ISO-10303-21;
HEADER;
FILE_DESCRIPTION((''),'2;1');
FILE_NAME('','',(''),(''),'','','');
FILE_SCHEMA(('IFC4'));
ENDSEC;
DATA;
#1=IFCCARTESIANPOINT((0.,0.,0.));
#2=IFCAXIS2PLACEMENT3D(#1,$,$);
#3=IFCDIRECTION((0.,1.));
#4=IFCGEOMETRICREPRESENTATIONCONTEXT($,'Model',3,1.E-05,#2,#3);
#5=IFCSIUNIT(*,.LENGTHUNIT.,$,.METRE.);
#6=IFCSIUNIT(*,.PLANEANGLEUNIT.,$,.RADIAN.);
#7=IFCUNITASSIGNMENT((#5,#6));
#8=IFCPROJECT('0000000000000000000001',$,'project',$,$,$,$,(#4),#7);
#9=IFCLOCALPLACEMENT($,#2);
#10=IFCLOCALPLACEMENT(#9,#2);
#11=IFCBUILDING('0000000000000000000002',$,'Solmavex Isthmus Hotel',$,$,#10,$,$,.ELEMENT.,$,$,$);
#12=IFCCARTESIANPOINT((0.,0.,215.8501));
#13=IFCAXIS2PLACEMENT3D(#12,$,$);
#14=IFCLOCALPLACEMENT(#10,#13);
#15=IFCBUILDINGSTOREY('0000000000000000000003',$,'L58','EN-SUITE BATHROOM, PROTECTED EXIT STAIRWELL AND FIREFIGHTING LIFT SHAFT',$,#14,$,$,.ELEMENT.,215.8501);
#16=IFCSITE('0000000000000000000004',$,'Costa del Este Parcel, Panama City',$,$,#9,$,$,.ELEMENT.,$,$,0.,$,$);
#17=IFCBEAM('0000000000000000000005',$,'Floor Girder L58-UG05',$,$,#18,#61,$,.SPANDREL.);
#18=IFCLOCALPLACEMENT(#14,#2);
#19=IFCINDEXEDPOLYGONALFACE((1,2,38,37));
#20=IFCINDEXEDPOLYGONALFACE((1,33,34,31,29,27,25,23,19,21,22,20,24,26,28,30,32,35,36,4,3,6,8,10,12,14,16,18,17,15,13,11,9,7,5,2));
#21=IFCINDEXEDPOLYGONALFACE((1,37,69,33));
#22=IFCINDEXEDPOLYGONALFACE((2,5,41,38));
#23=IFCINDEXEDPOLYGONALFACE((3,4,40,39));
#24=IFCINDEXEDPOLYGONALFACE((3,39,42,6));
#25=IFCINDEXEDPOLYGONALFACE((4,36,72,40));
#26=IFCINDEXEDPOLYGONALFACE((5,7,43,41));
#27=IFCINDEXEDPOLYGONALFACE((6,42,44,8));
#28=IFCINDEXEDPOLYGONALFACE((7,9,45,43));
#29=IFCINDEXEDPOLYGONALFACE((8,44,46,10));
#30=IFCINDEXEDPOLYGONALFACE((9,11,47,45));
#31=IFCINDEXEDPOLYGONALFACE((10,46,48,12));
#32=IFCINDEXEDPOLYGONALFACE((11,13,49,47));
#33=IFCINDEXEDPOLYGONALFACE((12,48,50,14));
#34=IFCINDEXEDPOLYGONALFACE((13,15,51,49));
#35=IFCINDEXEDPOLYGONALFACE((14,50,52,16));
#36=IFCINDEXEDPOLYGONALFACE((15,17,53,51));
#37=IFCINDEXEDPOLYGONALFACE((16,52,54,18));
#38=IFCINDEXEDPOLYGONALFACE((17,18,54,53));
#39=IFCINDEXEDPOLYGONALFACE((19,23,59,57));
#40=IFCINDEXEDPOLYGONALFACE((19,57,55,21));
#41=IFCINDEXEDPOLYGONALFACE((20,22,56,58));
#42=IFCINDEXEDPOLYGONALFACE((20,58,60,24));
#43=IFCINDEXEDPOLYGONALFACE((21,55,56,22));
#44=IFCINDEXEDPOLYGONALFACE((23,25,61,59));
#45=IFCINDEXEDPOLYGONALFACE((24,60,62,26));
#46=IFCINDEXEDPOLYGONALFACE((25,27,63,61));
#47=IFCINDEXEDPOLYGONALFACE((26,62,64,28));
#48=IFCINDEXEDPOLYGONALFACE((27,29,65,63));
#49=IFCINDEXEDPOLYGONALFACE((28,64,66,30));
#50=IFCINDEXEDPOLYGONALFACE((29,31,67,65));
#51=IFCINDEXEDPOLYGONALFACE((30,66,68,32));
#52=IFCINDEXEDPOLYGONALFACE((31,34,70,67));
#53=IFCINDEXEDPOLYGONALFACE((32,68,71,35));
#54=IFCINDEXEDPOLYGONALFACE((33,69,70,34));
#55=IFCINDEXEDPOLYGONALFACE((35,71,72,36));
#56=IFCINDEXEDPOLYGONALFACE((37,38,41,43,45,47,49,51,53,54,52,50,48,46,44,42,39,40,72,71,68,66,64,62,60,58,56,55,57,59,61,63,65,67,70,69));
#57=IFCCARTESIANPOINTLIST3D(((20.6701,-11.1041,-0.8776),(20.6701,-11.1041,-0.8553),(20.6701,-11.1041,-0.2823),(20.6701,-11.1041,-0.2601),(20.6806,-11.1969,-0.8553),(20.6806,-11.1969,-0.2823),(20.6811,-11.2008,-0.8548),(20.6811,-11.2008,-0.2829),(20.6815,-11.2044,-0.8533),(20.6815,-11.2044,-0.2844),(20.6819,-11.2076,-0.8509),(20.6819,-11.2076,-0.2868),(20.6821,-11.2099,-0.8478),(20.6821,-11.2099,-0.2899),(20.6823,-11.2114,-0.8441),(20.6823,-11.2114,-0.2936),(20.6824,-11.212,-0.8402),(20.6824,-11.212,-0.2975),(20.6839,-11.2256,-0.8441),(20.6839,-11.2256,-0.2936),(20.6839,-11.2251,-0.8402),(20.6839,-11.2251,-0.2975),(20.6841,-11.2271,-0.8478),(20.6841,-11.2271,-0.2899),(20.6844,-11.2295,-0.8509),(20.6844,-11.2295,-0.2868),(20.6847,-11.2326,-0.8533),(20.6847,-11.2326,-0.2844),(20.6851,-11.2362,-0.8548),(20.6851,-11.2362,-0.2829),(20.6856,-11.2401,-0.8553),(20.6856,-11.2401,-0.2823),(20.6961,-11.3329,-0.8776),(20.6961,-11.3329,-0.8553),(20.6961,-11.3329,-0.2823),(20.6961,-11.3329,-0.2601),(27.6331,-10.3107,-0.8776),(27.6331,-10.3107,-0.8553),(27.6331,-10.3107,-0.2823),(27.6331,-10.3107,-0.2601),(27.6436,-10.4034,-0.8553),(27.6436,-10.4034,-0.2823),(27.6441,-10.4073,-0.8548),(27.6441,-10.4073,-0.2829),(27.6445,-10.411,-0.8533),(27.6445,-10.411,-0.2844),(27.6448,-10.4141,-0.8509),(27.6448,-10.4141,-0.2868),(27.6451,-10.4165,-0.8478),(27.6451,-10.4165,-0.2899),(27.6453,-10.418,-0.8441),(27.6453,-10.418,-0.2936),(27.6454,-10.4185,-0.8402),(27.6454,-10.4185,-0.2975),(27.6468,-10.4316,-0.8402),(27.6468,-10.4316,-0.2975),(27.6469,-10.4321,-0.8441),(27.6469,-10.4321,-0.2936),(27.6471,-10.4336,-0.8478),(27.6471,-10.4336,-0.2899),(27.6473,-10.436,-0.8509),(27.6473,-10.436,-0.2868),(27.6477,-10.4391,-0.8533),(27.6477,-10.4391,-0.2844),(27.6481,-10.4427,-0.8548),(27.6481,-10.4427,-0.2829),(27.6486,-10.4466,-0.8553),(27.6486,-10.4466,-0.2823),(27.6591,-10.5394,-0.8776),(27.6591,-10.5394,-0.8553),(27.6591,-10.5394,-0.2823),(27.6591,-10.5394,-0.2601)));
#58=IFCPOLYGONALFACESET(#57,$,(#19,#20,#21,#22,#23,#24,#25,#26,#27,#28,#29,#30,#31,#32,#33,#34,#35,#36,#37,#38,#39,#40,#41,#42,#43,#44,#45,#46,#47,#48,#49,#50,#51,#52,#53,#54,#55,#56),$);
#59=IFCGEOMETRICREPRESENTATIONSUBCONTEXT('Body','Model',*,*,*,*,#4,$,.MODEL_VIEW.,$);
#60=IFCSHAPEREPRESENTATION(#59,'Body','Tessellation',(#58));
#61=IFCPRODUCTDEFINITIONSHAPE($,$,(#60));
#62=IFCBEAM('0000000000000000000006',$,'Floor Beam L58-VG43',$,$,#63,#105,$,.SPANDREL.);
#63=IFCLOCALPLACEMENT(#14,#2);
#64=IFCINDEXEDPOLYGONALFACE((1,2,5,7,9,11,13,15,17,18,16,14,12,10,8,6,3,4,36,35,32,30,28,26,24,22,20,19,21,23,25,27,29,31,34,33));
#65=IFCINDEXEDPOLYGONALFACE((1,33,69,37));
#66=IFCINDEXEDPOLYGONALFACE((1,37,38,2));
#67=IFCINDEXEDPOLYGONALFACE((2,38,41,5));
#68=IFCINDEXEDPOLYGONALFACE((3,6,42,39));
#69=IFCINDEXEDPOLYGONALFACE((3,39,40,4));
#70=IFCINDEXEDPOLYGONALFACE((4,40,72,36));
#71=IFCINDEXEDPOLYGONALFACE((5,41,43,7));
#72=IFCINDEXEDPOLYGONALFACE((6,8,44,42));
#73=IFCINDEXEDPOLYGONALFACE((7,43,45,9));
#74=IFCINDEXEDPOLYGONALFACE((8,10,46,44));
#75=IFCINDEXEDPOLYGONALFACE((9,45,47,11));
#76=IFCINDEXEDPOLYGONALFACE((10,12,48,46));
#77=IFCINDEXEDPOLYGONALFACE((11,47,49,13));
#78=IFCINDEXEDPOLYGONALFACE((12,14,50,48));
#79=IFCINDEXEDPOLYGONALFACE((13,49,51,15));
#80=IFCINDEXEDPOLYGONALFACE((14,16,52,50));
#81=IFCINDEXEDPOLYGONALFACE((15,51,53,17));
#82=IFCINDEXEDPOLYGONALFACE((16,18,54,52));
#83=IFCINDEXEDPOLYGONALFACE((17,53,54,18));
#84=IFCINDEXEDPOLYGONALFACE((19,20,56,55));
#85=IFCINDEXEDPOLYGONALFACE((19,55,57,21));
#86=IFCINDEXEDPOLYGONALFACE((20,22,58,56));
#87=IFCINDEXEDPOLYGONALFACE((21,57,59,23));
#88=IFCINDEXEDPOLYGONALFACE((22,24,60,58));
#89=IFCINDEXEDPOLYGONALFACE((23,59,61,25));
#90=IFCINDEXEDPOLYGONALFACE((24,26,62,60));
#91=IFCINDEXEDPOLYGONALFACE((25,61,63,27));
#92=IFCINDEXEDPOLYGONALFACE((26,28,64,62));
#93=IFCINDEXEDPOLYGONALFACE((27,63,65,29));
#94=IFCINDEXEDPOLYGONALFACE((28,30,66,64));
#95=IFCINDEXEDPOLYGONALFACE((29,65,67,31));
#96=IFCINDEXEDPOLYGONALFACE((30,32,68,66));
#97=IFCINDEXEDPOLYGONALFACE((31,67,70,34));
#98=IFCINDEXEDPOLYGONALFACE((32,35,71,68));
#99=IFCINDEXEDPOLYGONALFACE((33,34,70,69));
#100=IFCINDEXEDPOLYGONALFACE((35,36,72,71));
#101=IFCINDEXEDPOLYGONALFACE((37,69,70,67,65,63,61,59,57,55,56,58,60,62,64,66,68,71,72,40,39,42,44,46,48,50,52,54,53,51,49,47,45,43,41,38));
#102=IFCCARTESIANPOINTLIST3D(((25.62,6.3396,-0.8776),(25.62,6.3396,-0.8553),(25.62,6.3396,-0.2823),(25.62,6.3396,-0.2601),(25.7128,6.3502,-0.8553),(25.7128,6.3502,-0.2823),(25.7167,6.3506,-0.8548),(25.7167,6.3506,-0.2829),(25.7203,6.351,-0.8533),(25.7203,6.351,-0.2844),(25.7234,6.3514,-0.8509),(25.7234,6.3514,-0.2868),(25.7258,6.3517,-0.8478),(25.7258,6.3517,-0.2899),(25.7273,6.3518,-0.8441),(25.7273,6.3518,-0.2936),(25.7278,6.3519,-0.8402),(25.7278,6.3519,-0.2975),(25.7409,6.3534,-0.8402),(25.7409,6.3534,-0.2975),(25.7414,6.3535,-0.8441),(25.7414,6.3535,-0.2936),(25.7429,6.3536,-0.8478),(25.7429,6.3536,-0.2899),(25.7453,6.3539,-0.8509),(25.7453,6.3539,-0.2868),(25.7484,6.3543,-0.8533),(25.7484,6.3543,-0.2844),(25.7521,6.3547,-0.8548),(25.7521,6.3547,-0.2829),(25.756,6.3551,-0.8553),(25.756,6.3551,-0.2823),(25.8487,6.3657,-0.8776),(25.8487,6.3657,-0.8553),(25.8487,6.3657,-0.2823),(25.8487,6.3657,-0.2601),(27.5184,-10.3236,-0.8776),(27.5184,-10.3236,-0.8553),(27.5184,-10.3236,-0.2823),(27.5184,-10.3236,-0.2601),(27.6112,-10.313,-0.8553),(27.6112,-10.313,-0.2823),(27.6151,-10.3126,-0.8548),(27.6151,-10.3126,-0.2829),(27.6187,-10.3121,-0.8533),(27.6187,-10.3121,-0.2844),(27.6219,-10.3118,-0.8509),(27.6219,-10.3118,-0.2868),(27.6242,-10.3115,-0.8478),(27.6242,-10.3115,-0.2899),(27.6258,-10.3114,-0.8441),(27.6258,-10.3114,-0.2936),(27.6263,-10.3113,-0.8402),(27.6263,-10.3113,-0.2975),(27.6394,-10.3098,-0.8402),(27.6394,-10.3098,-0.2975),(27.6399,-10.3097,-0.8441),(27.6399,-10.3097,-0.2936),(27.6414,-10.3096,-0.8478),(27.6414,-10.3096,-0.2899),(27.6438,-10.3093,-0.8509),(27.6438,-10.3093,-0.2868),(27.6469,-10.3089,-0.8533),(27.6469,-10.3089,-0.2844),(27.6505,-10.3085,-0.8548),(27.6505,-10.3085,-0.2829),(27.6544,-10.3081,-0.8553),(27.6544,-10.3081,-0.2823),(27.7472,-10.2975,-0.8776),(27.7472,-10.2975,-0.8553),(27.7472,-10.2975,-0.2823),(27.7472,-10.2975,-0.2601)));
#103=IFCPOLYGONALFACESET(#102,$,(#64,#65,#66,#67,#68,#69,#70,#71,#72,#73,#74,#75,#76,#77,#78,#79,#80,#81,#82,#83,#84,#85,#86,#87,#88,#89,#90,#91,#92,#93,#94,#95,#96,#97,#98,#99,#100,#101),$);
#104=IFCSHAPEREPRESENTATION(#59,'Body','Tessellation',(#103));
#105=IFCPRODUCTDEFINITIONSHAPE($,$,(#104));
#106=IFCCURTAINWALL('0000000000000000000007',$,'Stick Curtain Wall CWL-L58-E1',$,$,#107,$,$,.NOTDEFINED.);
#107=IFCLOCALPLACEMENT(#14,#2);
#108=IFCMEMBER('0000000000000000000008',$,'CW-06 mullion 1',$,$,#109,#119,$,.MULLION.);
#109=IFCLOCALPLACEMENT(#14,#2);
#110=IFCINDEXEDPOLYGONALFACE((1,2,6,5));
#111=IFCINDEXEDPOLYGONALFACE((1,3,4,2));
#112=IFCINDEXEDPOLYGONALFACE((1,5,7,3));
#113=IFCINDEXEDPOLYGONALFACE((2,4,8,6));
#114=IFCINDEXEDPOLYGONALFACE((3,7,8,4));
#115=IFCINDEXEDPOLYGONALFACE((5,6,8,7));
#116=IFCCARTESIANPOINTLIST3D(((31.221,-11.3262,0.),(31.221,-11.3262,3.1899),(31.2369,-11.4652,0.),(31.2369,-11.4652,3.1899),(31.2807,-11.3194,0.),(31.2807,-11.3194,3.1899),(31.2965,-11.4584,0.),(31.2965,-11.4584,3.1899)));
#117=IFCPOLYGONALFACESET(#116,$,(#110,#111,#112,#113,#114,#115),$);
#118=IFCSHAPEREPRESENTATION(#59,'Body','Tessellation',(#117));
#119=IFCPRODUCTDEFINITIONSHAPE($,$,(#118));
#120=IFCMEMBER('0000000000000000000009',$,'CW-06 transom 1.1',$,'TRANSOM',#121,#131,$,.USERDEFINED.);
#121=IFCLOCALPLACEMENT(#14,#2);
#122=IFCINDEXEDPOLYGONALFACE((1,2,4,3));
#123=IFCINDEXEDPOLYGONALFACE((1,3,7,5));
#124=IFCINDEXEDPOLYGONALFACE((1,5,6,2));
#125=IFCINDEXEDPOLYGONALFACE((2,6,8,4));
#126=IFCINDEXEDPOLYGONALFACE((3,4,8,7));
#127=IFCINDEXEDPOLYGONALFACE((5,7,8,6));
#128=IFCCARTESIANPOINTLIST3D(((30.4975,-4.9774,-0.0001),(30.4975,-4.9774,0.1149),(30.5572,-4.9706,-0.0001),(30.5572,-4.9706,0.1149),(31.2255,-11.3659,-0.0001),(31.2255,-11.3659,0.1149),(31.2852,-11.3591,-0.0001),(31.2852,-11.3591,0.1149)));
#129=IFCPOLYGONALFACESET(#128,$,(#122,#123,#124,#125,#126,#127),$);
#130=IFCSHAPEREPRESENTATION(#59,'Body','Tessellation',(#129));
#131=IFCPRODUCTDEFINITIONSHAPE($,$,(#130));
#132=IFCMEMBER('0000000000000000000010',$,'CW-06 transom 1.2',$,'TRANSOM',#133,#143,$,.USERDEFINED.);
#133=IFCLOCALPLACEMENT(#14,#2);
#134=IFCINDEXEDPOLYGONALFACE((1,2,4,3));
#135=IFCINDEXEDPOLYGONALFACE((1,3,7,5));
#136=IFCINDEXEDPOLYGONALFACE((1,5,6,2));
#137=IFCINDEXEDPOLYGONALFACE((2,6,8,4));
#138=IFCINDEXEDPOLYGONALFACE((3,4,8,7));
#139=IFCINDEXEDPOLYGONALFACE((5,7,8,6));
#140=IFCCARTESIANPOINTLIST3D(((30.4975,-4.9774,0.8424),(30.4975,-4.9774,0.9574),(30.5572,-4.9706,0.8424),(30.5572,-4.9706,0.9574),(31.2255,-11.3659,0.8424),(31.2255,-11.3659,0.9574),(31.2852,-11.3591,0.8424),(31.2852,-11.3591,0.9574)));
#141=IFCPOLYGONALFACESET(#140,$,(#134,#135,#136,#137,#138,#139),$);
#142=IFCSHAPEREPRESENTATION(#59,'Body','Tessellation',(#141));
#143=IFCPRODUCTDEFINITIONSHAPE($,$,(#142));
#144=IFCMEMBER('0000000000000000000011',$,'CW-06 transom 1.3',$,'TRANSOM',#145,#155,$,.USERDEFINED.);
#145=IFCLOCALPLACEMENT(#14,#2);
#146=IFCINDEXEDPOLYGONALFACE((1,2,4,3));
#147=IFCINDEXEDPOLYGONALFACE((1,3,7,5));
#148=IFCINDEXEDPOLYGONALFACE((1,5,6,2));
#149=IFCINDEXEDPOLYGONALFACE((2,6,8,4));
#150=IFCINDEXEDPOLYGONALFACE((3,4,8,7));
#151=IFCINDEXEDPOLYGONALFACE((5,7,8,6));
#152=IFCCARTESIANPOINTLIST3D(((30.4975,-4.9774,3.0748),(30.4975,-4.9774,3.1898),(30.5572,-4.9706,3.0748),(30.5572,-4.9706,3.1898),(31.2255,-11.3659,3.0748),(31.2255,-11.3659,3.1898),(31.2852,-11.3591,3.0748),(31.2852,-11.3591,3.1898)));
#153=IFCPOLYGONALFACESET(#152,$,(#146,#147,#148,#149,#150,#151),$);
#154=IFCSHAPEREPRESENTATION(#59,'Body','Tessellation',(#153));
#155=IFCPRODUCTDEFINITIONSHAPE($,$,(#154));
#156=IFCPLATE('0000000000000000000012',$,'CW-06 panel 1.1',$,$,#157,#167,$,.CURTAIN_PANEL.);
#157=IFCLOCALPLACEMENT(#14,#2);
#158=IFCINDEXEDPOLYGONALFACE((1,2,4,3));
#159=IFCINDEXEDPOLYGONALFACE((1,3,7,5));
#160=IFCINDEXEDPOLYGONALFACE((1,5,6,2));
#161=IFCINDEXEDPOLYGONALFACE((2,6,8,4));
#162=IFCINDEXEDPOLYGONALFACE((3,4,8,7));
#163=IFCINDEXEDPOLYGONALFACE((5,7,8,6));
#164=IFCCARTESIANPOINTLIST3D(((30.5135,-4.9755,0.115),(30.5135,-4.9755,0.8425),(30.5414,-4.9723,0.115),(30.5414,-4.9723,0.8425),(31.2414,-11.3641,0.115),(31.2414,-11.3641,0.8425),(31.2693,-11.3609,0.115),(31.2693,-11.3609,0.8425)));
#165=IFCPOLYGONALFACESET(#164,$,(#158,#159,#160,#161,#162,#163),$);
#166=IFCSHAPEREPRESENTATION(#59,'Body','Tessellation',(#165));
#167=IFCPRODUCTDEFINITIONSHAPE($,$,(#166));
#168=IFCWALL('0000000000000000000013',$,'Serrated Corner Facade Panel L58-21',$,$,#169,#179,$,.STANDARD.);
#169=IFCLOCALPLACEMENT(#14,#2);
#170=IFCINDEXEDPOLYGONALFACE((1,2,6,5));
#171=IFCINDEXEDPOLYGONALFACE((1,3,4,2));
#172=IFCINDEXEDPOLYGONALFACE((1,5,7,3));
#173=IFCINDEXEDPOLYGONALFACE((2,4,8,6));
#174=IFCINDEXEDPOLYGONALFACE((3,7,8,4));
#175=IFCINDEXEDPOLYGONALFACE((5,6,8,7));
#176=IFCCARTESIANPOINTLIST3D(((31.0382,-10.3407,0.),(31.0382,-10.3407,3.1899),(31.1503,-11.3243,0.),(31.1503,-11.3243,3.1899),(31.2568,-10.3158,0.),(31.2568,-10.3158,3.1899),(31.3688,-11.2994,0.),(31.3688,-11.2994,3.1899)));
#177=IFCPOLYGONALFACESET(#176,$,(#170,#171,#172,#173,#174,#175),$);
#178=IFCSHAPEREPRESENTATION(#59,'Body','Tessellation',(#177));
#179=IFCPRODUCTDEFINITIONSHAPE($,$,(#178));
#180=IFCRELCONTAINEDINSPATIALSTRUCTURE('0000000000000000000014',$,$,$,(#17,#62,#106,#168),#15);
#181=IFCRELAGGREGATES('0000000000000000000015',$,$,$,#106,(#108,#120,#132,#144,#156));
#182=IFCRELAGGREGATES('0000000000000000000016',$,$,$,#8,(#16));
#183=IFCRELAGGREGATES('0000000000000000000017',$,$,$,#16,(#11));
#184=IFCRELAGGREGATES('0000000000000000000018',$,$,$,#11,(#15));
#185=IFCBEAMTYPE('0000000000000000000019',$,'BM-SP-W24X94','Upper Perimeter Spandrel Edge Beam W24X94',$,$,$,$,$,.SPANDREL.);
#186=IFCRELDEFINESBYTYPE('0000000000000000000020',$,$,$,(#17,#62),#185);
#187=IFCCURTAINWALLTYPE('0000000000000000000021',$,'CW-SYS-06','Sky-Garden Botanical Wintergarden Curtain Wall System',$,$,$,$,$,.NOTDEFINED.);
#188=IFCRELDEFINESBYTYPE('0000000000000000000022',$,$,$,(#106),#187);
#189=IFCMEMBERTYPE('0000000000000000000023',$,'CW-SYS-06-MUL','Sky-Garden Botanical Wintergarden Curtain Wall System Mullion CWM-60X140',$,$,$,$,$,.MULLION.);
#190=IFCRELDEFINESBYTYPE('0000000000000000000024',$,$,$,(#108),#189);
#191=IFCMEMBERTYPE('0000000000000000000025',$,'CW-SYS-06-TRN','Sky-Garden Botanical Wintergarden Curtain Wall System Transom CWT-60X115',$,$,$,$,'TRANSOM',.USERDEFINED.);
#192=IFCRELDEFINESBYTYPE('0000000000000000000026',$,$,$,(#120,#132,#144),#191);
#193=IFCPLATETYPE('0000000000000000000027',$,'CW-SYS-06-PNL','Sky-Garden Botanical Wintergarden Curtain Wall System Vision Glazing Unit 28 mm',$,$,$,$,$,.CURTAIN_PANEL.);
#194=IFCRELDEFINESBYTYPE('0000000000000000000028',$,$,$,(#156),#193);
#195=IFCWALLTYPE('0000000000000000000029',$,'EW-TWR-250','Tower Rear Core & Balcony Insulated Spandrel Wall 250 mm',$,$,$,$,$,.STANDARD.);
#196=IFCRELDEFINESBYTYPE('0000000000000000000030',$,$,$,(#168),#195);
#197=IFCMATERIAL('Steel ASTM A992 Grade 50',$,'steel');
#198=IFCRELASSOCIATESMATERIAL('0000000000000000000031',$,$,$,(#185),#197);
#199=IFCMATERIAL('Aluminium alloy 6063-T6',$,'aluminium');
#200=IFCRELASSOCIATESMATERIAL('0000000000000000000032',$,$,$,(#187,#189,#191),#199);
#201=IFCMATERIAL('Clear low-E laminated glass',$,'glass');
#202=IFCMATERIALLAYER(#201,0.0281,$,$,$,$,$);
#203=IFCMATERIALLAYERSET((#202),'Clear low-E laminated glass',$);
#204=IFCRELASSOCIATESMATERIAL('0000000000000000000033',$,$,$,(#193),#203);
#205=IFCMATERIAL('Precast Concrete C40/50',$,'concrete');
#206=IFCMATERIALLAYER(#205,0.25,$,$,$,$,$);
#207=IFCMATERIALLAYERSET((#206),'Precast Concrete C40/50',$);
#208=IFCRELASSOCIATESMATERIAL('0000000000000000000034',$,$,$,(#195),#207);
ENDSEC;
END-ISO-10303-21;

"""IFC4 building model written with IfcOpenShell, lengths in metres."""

from ifc_helpers import new_model, si_unit, direction, frame, frame_2d, origin, origin_2d, place, context, subcontext, project, spatial, rectangle, i_section, extrude, material, layer, layer_set, material_profile, profile_set, type_object, element, aggregate, save


model = new_model("IFC4")

# Units and contexts
model_context = context("Model", 3, precision=1e-05, world=origin(), true_north=direction((0.0, 1.0)))
body_context = subcontext(model_context, "Body", "Model", "MODEL_VIEW")
ifc_project = project(units=[si_unit("LENGTHUNIT", "METRE"), si_unit("PLANEANGLEUNIT", "RADIAN")], contexts=[model_context])

# Site, building, storey
site_placement = place(None, origin())
site = spatial("IfcSite", under=ifc_project, at=site_placement, Name="Costa del Este Parcel, Panama City", CompositionType="ELEMENT", RefElevation=0.0)
building_placement = place(site_placement, origin())
building = spatial("IfcBuilding", under=site, at=building_placement, Name="Solmavex Isthmus Hotel", CompositionType="ELEMENT")
storey_placement = place(building_placement, frame((0.0, 0.0, 215.8501)))
storey = spatial("IfcBuildingStorey", under=building, at=storey_placement, Name="L58", Description="EN-SUITE BATHROOM, PROTECTED EXIT STAIRWELL AND FIREFIGHTING LIFT SHAFT", CompositionType="ELEMENT", Elevation=215.8501)

# Beams
ifc_material_1 = material(Name="Steel ASTM A992 Grade 50", Category="steel")
ifc_material_profile_1 = material_profile(ifc_material_1, i_section(OverallWidth=0.2302, OverallDepth=0.6174, WebThickness=0.0132, FlangeThickness=0.0222, FilletRadius=0.0151, at=origin_2d()), Name="W24X94")
ifc_profile_set_1 = profile_set([ifc_material_profile_1], Name="Steel ASTM A992 Grade 50")
beam_type_1 = type_object("IfcBeamType", Name="BM-SP-W24X94", Description="Upper Perimeter Spandrel Edge Beam W24X94", PredefinedType="SPANDREL", material=ifc_profile_set_1)
beam_1_placement = place(storey_placement, frame((20.6831, -11.2185, -0.5688), z_axis=(0.99357, 0.113222, 0.0), x_axis=(-0.113222, 0.99357, 0.0)))
element("IfcBeam", 1, at=beam_1_placement, inside=storey, type_object=beam_type_1, Name="Floor Girder L58-UG05", PredefinedType="SPANDREL", context=body_context, shape_type="SweptSolid", body=[
    extrude(i_section(OverallWidth=0.2302, OverallDepth=0.6174, WebThickness=0.0132, FlangeThickness=0.0222, FilletRadius=0.0151, at=origin_2d()), origin(), (0.0, 0.0, 1.0), 7.0081),
])
beam_2_placement = place(storey_placement, frame((27.6328, -10.3105, -0.5688), z_axis=(-0.113198, 0.993572, 0.0), x_axis=(-0.993572, -0.113198, 0.0)))
element("IfcBeam", 2, at=beam_2_placement, inside=storey, type_object=beam_type_1, Name="Floor Beam L58-VG43", PredefinedType="SPANDREL", context=body_context, shape_type="SweptSolid", body=[
    extrude(i_section(OverallWidth=0.2302, OverallDepth=0.6174, WebThickness=0.0132, FlangeThickness=0.0222, FilletRadius=0.0151, at=origin_2d()), origin(), (0.0, 0.0, 1.0), 16.771),
])

# Curtain wall, members, plate
ifc_material_2 = material(Name="Aluminium alloy 6063-T6", Category="aluminium")
curtain_wall_type = type_object("IfcCurtainWallType", Name="CW-SYS-06", Description="Sky-Garden Botanical Wintergarden Curtain Wall System", PredefinedType="NOTDEFINED", material=ifc_material_2)
curtain_wall_placement = place(storey_placement, origin())
curtain_wall = element("IfcCurtainWall", 3, at=curtain_wall_placement, inside=storey, type_object=curtain_wall_type, Name="Stick Curtain Wall CWL-L58-E1", PredefinedType="NOTDEFINED")
ifc_material_profile_2 = material_profile(ifc_material_2, rectangle(XDim=0.0601, YDim=0.1399, at=origin_2d()), Name="CWM-60X140")
ifc_profile_set_2 = profile_set([ifc_material_profile_2], Name="Aluminium alloy 6063-T6")
member_type_1 = type_object("IfcMemberType", Name="CW-SYS-06-MUL", Description="Sky-Garden Botanical Wintergarden Curtain Wall System Mullion CWM-60X140", PredefinedType="MULLION", material=ifc_profile_set_2)
member_1_placement = place(storey_placement, frame((31.2588, -11.3923, 0.0), z_axis=(0.0, 0.0, 1.0), x_axis=(-0.993572, -0.113203, 0.0)))
member_1 = element("IfcMember", 4, at=member_1_placement, type_object=member_type_1, Name="CW-06 mullion 1", PredefinedType="MULLION", context=body_context, shape_type="SweptSolid", body=[
    extrude(rectangle(XDim=0.0601, YDim=0.1399, at=origin_2d()), origin(), (0.0, 0.0, 1.0), 3.1899),
])
ifc_material_profile_3 = material_profile(ifc_material_2, rectangle(XDim=0.0601, YDim=0.115, at=origin_2d()), Name="CWT-60X115")
ifc_profile_set_3 = profile_set([ifc_material_profile_3], Name="Aluminium alloy 6063-T6")
member_type_2 = type_object("IfcMemberType", Name="CW-SYS-06-TRN", Description="Sky-Garden Botanical Wintergarden Curtain Wall System Transom CWT-60X115", ElementType="TRANSOM", PredefinedType="USERDEFINED", material=ifc_profile_set_3)
member_2_placement = place(storey_placement, frame((31.2554, -11.3625, 0.0574), z_axis=(-0.113223, 0.99357, 0.0), x_axis=(-0.99357, -0.113223, 0.0)))
member_2 = element("IfcMember", 5, at=member_2_placement, type_object=member_type_2, Name="CW-06 transom 1.1", ObjectType="TRANSOM", PredefinedType="USERDEFINED", context=body_context, shape_type="SweptSolid", body=[
    extrude(rectangle(XDim=0.0601, YDim=0.115, at=origin_2d()), origin(), (0.0, 0.0, 1.0), 6.4299),
])
member_3_placement = place(storey_placement, frame((31.2554, -11.3625, 0.8999), z_axis=(-0.113223, 0.99357, 0.0), x_axis=(-0.99357, -0.113223, 0.0)))
member_3 = element("IfcMember", 6, at=member_3_placement, type_object=member_type_2, Name="CW-06 transom 1.2", ObjectType="TRANSOM", PredefinedType="USERDEFINED", context=body_context, shape_type="SweptSolid", body=[
    extrude(rectangle(XDim=0.0601, YDim=0.115, at=origin_2d()), origin(), (0.0, 0.0, 1.0), 6.4299),
])
member_4_placement = place(storey_placement, frame((31.2554, -11.3625, 3.1323), z_axis=(-0.113223, 0.99357, 0.0), x_axis=(-0.99357, -0.113223, 0.0)))
member_4 = element("IfcMember", 7, at=member_4_placement, type_object=member_type_2, Name="CW-06 transom 1.3", ObjectType="TRANSOM", PredefinedType="USERDEFINED", context=body_context, shape_type="SweptSolid", body=[
    extrude(rectangle(XDim=0.0601, YDim=0.115, at=origin_2d()), origin(), (0.0, 0.0, 1.0), 6.4299),
])
ifc_material_3 = material(Name="Clear low-E laminated glass", Category="glass")
ifc_layer_1 = layer(ifc_material_3, 0.0281)
ifc_layer_set_1 = layer_set([ifc_layer_1], Name="Clear low-E laminated glass")
plate_type = type_object("IfcPlateType", Name="CW-SYS-06-PNL", Description="Sky-Garden Botanical Wintergarden Curtain Wall System Vision Glazing Unit 28 mm", PredefinedType="CURTAIN_PANEL", material=ifc_layer_set_1)
plate_placement = place(storey_placement, frame((30.8914, -8.1682, 0.115), z_axis=(0.0, 0.0, 1.0), x_axis=(-0.113203, 0.993572, 0.0)))
plate = element("IfcPlate", 8, at=plate_placement, type_object=plate_type, Name="CW-06 panel 1.1", PredefinedType="CURTAIN_PANEL", context=body_context, shape_type="SweptSolid", body=[
    extrude(rectangle(XDim=6.4299, YDim=0.0281, at=origin_2d()), origin(), (0.0, 0.0, 1.0), 0.7275),
])
aggregate(curtain_wall, [member_1, member_2, member_3, member_4, plate])

# Wall
ifc_material_4 = material(Name="Precast Concrete C40/50", Category="concrete")
ifc_layer_2 = layer(ifc_material_4, 0.25)
ifc_layer_set_2 = layer_set([ifc_layer_2], Name="Precast Concrete C40/50")
wall_type_1 = type_object("IfcWallType", Name="EW-TWR-250", Description="Tower Rear Core & Balcony Insulated Spandrel Wall 250 mm", PredefinedType="STANDARD", material=ifc_layer_set_2)
wall_1_placement = place(storey_placement, frame((31.1475, -10.3281, 0.0), z_axis=(0.0, 0.0, 1.0), x_axis=(0.113192, -0.993573, 0.0)))
element("IfcWall", 9, at=wall_1_placement, inside=storey, type_object=wall_type_1, Name="Serrated Corner Facade Panel L58-21", PredefinedType="STANDARD", context=body_context, shape_type="SweptSolid", body=[
    extrude(rectangle(XDim=0.99, YDim=0.22, at=frame_2d((0.4951, 0.0))), origin(), (0.0, 0.0, 1.0), 3.1899),
])

save(model, "model.ifc")
